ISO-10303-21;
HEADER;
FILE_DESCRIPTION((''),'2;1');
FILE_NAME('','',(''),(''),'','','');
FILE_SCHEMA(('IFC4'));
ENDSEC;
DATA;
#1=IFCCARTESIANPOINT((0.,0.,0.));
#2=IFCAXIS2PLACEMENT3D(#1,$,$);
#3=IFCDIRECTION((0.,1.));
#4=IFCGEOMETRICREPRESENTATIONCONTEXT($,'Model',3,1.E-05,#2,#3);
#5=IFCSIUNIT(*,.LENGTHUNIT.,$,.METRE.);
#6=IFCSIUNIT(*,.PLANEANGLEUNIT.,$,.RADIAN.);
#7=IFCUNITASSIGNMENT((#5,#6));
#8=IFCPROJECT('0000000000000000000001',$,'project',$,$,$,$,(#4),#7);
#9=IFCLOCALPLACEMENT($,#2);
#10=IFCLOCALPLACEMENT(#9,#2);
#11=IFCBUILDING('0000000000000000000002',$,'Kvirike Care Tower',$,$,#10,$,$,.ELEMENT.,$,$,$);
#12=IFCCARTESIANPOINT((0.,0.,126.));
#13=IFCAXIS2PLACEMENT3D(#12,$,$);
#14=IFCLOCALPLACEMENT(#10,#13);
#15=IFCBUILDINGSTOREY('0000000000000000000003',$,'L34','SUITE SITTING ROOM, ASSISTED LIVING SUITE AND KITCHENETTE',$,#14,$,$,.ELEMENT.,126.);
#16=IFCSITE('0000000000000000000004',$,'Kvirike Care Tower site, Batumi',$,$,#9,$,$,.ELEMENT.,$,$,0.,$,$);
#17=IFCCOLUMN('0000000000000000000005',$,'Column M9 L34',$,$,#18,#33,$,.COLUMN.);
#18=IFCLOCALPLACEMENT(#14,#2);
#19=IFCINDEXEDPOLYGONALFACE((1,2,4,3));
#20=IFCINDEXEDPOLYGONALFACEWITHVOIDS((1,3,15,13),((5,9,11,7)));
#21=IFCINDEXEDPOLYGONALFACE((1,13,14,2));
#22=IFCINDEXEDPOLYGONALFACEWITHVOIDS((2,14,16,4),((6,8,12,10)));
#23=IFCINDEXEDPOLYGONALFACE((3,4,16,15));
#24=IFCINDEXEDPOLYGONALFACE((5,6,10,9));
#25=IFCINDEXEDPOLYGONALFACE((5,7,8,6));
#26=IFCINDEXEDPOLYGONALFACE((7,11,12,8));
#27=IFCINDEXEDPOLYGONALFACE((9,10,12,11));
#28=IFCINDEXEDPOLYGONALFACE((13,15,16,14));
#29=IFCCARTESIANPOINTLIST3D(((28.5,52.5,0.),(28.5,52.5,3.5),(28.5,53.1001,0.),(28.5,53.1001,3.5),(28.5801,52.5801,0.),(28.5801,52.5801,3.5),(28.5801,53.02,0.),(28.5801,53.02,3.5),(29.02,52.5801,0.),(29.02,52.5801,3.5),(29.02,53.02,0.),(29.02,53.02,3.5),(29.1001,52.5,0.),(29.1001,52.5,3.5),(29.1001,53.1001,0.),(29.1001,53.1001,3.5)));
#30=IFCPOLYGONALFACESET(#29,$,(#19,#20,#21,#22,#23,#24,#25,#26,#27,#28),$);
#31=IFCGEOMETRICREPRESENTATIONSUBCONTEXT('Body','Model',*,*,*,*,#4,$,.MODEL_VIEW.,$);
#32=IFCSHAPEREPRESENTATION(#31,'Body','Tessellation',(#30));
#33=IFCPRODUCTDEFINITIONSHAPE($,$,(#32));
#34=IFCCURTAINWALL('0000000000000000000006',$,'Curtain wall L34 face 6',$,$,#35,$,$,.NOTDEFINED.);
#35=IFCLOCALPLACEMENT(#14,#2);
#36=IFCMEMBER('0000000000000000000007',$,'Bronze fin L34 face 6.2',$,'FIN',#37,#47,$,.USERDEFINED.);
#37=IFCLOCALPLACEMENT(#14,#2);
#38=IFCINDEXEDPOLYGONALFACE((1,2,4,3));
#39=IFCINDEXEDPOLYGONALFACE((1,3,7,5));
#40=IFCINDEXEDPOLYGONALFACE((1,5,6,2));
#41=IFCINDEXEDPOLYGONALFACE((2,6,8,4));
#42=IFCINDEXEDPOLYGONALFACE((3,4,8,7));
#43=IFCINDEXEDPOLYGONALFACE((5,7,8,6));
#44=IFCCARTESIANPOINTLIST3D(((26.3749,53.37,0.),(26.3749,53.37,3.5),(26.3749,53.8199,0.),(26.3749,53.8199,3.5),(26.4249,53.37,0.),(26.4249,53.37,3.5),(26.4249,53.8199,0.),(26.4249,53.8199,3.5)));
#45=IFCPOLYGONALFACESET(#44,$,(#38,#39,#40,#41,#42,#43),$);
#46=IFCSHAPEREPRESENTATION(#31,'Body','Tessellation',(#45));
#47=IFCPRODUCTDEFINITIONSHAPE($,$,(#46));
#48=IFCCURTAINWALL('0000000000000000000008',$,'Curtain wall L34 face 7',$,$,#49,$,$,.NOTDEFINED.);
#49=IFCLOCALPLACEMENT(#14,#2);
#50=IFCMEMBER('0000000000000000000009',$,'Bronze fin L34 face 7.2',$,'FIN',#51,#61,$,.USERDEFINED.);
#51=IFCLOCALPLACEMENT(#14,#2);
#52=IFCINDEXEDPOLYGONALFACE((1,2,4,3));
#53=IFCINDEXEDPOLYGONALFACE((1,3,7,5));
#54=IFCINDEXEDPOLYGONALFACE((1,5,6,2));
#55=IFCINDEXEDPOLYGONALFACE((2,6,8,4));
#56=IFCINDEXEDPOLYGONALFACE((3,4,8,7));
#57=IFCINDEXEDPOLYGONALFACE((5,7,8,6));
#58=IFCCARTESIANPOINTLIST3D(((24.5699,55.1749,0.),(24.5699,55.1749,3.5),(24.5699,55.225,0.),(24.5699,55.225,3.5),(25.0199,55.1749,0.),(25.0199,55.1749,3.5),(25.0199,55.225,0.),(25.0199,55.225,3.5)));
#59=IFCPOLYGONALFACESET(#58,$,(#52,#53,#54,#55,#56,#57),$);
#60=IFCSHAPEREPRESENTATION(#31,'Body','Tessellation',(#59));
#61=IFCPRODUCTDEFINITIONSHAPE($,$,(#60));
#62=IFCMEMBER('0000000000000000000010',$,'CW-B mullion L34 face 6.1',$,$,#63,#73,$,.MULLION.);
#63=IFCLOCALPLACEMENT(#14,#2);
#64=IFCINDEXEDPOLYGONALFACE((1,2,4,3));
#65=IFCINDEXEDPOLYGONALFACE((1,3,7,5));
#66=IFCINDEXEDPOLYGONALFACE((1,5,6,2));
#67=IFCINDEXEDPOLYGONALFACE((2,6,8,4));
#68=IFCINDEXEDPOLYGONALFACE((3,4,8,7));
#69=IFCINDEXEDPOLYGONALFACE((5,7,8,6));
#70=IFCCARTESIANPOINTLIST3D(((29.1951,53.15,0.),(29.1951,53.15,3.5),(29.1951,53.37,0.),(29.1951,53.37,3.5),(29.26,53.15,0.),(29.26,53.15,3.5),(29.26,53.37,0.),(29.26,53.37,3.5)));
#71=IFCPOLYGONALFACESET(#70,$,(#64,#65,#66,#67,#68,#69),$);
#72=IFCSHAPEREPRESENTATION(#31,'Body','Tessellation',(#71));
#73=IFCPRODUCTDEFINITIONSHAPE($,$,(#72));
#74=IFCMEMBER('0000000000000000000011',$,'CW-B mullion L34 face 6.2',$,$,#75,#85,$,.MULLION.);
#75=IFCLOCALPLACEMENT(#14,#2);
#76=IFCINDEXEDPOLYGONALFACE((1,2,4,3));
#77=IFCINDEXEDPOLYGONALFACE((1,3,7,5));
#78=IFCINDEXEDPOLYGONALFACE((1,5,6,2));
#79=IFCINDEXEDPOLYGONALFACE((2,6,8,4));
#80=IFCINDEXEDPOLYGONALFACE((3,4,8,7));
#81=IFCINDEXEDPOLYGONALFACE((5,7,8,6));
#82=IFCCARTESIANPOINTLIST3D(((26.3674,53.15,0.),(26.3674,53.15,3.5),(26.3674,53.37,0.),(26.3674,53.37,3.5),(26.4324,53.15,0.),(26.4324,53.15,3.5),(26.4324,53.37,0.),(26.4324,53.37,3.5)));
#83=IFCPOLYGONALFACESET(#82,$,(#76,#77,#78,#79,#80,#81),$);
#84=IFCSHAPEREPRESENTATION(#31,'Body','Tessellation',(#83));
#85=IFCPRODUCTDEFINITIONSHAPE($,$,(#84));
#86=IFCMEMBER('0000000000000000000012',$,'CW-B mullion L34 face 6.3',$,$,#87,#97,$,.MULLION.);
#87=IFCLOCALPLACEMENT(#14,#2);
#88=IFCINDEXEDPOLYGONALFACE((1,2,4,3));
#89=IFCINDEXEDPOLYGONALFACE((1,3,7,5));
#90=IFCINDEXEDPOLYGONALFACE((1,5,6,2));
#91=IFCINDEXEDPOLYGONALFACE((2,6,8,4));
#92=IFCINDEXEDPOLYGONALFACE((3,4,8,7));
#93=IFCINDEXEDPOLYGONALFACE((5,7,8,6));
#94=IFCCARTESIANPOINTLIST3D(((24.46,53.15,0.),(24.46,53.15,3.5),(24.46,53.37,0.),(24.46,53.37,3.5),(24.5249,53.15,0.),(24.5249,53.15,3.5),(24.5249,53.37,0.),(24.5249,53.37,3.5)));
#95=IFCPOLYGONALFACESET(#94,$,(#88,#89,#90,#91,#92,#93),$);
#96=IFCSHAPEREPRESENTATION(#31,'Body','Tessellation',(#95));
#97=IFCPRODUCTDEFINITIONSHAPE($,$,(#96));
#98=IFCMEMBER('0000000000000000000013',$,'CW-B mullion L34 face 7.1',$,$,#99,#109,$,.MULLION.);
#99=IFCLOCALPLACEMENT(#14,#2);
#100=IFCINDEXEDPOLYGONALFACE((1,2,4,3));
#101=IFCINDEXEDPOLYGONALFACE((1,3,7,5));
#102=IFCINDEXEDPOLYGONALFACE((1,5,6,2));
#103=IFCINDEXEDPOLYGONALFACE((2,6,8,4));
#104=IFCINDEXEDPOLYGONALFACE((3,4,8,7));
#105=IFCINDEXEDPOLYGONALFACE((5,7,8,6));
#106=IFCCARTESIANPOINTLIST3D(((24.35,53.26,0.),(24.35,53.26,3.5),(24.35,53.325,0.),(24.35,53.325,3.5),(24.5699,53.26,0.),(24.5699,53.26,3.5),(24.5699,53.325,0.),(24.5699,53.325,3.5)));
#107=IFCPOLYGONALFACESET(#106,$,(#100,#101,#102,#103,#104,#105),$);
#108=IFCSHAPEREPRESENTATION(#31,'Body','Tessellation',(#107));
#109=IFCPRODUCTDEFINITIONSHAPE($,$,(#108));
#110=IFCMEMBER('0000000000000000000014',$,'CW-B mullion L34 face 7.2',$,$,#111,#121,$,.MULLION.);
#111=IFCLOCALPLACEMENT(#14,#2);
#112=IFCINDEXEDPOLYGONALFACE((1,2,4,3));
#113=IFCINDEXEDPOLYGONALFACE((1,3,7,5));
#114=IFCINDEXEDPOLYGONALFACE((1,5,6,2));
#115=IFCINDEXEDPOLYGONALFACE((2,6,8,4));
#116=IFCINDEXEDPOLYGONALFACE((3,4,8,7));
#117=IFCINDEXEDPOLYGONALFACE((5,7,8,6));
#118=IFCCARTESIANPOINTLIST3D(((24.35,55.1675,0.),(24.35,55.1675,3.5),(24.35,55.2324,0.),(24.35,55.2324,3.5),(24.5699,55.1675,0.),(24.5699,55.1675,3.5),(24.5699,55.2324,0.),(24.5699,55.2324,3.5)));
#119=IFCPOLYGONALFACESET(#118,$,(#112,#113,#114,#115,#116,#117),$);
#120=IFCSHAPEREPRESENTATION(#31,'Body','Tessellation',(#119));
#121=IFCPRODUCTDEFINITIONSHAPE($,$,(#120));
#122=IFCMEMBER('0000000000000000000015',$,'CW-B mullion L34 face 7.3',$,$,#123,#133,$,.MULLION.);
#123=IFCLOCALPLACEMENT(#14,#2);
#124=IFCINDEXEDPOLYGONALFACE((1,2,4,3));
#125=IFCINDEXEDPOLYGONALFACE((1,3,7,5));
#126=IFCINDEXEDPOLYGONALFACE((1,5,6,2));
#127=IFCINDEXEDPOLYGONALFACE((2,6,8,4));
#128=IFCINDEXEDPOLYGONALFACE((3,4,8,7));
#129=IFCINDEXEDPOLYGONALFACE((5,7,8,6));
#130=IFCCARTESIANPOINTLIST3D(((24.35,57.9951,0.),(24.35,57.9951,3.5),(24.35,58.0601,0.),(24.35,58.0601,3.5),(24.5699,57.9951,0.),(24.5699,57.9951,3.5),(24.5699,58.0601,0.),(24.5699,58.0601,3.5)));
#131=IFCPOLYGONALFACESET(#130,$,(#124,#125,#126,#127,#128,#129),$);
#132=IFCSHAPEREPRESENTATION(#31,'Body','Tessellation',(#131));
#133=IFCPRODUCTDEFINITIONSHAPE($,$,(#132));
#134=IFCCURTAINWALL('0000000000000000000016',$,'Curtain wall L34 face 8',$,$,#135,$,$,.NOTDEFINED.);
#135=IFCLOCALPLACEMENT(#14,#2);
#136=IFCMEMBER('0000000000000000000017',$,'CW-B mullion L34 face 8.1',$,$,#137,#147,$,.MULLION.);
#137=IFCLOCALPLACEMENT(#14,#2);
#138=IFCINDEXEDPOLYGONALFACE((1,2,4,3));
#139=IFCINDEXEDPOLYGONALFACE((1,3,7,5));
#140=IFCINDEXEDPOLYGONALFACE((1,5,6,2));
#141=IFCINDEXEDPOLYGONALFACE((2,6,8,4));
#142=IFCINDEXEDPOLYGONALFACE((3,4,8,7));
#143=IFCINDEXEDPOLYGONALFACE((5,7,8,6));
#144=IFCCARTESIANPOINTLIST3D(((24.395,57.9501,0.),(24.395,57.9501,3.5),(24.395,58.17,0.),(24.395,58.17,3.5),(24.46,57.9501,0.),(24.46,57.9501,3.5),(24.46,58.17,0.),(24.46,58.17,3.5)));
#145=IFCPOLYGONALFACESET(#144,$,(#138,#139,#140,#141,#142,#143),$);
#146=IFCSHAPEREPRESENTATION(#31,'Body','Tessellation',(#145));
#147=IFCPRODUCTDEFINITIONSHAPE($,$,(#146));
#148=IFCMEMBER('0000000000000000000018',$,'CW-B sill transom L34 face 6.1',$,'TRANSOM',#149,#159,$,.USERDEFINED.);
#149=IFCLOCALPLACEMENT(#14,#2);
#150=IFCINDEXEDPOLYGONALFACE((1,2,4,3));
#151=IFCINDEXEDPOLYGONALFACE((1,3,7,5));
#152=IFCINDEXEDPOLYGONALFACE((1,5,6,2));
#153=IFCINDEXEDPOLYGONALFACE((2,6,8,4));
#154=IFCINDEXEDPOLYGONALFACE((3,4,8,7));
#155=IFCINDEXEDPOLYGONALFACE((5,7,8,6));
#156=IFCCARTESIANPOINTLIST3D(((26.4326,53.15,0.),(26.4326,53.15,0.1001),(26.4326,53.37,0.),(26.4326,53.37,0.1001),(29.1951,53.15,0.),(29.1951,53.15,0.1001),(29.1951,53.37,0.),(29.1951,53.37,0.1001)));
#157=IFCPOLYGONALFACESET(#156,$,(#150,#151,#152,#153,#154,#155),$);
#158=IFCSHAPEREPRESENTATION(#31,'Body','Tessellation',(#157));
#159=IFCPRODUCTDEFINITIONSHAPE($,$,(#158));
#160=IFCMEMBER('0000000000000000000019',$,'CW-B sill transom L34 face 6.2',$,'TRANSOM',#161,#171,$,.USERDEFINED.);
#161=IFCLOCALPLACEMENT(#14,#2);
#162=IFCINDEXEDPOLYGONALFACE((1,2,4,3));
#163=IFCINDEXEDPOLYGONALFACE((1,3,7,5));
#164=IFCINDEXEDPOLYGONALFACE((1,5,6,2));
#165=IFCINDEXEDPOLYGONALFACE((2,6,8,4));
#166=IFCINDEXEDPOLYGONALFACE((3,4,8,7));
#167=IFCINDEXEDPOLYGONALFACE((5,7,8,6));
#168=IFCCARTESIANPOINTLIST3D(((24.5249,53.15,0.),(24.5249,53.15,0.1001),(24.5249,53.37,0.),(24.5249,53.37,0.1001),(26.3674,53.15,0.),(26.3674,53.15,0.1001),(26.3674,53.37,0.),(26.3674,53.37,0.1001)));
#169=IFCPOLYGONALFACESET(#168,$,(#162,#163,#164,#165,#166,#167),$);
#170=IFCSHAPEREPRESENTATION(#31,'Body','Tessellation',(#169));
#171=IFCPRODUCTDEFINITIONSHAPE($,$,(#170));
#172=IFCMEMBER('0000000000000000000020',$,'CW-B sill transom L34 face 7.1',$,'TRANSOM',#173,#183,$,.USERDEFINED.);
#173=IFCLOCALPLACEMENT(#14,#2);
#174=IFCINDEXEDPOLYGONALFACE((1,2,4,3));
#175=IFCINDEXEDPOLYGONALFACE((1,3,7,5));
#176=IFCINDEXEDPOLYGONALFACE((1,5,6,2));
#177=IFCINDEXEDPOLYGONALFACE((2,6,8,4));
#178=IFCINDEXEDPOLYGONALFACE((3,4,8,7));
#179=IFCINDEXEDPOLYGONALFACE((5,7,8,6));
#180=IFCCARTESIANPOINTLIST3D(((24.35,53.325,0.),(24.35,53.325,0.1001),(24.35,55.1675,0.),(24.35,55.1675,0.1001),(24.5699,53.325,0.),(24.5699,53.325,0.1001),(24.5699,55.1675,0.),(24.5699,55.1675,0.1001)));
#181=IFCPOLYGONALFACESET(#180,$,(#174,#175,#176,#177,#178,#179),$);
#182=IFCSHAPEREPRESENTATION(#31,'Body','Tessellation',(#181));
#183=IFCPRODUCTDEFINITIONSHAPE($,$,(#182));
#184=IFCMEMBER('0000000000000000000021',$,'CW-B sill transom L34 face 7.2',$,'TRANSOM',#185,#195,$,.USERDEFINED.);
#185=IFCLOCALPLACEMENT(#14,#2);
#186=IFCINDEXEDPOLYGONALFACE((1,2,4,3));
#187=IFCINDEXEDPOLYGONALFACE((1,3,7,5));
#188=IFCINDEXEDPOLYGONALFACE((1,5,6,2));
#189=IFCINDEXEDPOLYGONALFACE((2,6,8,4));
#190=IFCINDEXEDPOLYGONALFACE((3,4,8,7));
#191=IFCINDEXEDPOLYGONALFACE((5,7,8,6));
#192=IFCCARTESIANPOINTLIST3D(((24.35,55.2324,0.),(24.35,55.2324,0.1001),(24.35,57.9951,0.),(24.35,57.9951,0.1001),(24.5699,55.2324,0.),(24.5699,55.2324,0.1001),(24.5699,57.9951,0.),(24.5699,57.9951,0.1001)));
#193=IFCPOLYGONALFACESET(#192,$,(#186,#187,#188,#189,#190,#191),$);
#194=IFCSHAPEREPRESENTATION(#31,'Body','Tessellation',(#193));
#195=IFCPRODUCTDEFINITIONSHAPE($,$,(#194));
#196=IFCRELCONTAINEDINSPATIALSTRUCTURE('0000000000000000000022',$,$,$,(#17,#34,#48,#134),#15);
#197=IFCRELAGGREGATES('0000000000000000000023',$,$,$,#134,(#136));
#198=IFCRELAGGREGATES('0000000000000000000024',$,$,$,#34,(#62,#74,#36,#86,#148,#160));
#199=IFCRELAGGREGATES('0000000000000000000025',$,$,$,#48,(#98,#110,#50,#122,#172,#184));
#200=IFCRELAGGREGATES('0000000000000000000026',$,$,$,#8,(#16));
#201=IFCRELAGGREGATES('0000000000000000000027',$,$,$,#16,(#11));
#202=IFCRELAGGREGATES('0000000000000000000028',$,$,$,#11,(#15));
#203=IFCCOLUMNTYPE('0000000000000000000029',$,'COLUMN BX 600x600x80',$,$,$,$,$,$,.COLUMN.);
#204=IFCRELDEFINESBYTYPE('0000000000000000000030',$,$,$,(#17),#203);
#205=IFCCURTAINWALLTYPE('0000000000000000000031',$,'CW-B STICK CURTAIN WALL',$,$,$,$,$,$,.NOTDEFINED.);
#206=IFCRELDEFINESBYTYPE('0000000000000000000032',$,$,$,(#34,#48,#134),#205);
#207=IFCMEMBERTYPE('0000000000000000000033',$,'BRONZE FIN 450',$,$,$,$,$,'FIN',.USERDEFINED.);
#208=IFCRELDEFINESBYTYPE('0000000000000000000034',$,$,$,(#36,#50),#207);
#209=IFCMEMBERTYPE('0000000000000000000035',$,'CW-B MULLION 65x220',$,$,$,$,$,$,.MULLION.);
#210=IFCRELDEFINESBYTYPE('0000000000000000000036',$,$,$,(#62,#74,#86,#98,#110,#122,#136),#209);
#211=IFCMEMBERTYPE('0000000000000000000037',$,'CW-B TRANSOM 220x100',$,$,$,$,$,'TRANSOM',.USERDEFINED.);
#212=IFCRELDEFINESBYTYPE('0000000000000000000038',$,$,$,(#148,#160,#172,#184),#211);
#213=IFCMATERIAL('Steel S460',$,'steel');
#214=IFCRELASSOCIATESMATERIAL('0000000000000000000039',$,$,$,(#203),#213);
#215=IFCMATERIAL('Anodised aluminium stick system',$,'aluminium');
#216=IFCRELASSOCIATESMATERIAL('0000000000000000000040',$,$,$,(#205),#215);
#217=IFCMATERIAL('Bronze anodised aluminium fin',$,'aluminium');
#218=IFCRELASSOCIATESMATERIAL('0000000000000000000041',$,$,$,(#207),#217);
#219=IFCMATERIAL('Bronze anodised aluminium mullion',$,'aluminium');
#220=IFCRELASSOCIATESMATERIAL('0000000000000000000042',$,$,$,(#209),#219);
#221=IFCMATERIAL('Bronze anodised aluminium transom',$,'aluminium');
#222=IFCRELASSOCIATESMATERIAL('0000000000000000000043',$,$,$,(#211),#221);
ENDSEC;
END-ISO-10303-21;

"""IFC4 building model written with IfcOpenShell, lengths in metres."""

from ifc_helpers import new_model, si_unit, direction, frame, origin, origin_2d, place, context, subcontext, project, spatial, rectangle, hollow_rectangle, extrude, material, material_profile, profile_set, type_object, element, aggregate, save


model = new_model("IFC4")

# Units and contexts
model_context = context("Model", 3, precision=1e-05, world=origin(), true_north=direction((0.0, 1.0)))
body_context = subcontext(model_context, "Body", "Model", "MODEL_VIEW")
ifc_project = project(units=[si_unit("LENGTHUNIT", "METRE"), si_unit("PLANEANGLEUNIT", "RADIAN")], contexts=[model_context])

# Site, building, storey
site_placement = place(None, origin())
site = spatial("IfcSite", under=ifc_project, at=site_placement, Name="Kvirike Care Tower site, Batumi", CompositionType="ELEMENT", RefElevation=0.0)
building_placement = place(site_placement, origin())
building = spatial("IfcBuilding", under=site, at=building_placement, Name="Kvirike Care Tower", CompositionType="ELEMENT")
storey_placement = place(building_placement, frame((0.0, 0.0, 126.0)))
storey = spatial("IfcBuildingStorey", under=building, at=storey_placement, Name="L34", Description="SUITE SITTING ROOM, ASSISTED LIVING SUITE AND KITCHENETTE", CompositionType="ELEMENT", Elevation=126.0)

# Column
ifc_material_1 = material(Name="Steel S460", Category="steel")
ifc_material_profile_1 = material_profile(ifc_material_1, hollow_rectangle(XDim=0.6001, YDim=0.6001, WallThickness=0.0801, at=origin_2d()), Name="BX 600x600x80")
ifc_profile_set_1 = profile_set([ifc_material_profile_1], Name="Steel S460")
column_type = type_object("IfcColumnType", Name="COLUMN BX 600x600x80", PredefinedType="COLUMN", material=ifc_profile_set_1)
column_placement = place(storey_placement, frame((28.8, 52.8, 0.0), z_axis=(0.0, 0.0, 1.0), x_axis=(0.0, 1.0, 0.0)))
element("IfcColumn", 1, at=column_placement, inside=storey, type_object=column_type, Name="Column M9 L34", PredefinedType="COLUMN", context=body_context, shape_type="SweptSolid", body=[
    extrude(hollow_rectangle(XDim=0.6001, YDim=0.6001, WallThickness=0.0801, at=origin_2d()), origin(), (0.0, 0.0, 1.0), 3.5),
])

# Curtain walls, members
ifc_material_2 = material(Name="Anodised aluminium stick system", Category="aluminium")
curtain_wall_type = type_object("IfcCurtainWallType", Name="CW-B STICK CURTAIN WALL", PredefinedType="NOTDEFINED", material=ifc_material_2)
curtain_wall_1_placement = place(storey_placement, origin())
curtain_wall_1 = element("IfcCurtainWall", 2, at=curtain_wall_1_placement, inside=storey, type_object=curtain_wall_type, Name="Curtain wall L34 face 6", PredefinedType="NOTDEFINED")
ifc_material_3 = material(Name="Bronze anodised aluminium fin", Category="aluminium")
ifc_material_profile_2 = material_profile(ifc_material_3, rectangle(XDim=0.05, YDim=0.45, at=origin_2d()), Name="BRONZE FIN 450")
ifc_profile_set_2 = profile_set([ifc_material_profile_2], Name="Bronze anodised aluminium fin")
member_type_1 = type_object("IfcMemberType", Name="BRONZE FIN 450", ElementType="FIN", PredefinedType="USERDEFINED", material=ifc_profile_set_2)
member_1_placement = place(storey_placement, frame((26.3999, 53.595, 0.0), z_axis=(0.0, 0.0, 1.0), x_axis=(-1.0, 0.0, 0.0)))
member_1 = element("IfcMember", 3, at=member_1_placement, type_object=member_type_1, Name="Bronze fin L34 face 6.2", ObjectType="FIN", PredefinedType="USERDEFINED", context=body_context, shape_type="SweptSolid", body=[
    extrude(rectangle(XDim=0.05, YDim=0.45, at=origin_2d()), origin(), (0.0, 0.0, 1.0), 3.5),
])
curtain_wall_2_placement = place(storey_placement, origin())
curtain_wall_2 = element("IfcCurtainWall", 4, at=curtain_wall_2_placement, inside=storey, type_object=curtain_wall_type, Name="Curtain wall L34 face 7", PredefinedType="NOTDEFINED")
member_2_placement = place(storey_placement, frame((24.7949, 55.2, 0.0), z_axis=(0.0, 0.0, 1.0), x_axis=(0.0, 1.0, 0.0)))
member_2 = element("IfcMember", 5, at=member_2_placement, type_object=member_type_1, Name="Bronze fin L34 face 7.2", ObjectType="FIN", PredefinedType="USERDEFINED", context=body_context, shape_type="SweptSolid", body=[
    extrude(rectangle(XDim=0.05, YDim=0.45, at=origin_2d()), origin(), (0.0, 0.0, 1.0), 3.5),
])

# Members
ifc_material_4 = material(Name="Bronze anodised aluminium mullion", Category="aluminium")
ifc_material_profile_3 = material_profile(ifc_material_4, rectangle(XDim=0.0649, YDim=0.22, at=origin_2d()), Name="CW-B MULLION 65x220")
ifc_profile_set_3 = profile_set([ifc_material_profile_3], Name="Bronze anodised aluminium mullion")
member_type_2 = type_object("IfcMemberType", Name="CW-B MULLION 65x220", PredefinedType="MULLION", material=ifc_profile_set_3)
member_3_placement = place(storey_placement, frame((29.2275, 53.26, 0.0), z_axis=(0.0, 0.0, 1.0), x_axis=(-1.0, 0.0, 0.0)))
member_3 = element("IfcMember", 6, at=member_3_placement, type_object=member_type_2, Name="CW-B mullion L34 face 6.1", PredefinedType="MULLION", context=body_context, shape_type="SweptSolid", body=[
    extrude(rectangle(XDim=0.0649, YDim=0.22, at=origin_2d()), origin(), (0.0, 0.0, 1.0), 3.5),
])
member_4_placement = place(storey_placement, frame((26.3999, 53.26, 0.0), z_axis=(0.0, 0.0, 1.0), x_axis=(-1.0, 0.0, 0.0)))
member_4 = element("IfcMember", 7, at=member_4_placement, type_object=member_type_2, Name="CW-B mullion L34 face 6.2", PredefinedType="MULLION", context=body_context, shape_type="SweptSolid", body=[
    extrude(rectangle(XDim=0.0649, YDim=0.22, at=origin_2d()), origin(), (0.0, 0.0, 1.0), 3.5),
])
member_5_placement = place(storey_placement, frame((24.4924, 53.26, 0.0), z_axis=(0.0, 0.0, 1.0), x_axis=(-1.0, 0.0, 0.0)))
member_5 = element("IfcMember", 8, at=member_5_placement, type_object=member_type_2, Name="CW-B mullion L34 face 6.3", PredefinedType="MULLION", context=body_context, shape_type="SweptSolid", body=[
    extrude(rectangle(XDim=0.0649, YDim=0.22, at=origin_2d()), origin(), (0.0, 0.0, 1.0), 3.5),
])
member_6_placement = place(storey_placement, frame((24.46, 53.2925, 0.0), z_axis=(0.0, 0.0, 1.0), x_axis=(0.0, 1.0, 0.0)))
member_6 = element("IfcMember", 9, at=member_6_placement, type_object=member_type_2, Name="CW-B mullion L34 face 7.1", PredefinedType="MULLION", context=body_context, shape_type="SweptSolid", body=[
    extrude(rectangle(XDim=0.0649, YDim=0.22, at=origin_2d()), origin(), (0.0, 0.0, 1.0), 3.5),
])
member_7_placement = place(storey_placement, frame((24.46, 55.2, 0.0), z_axis=(0.0, 0.0, 1.0), x_axis=(0.0, 1.0, 0.0)))
member_7 = element("IfcMember", 10, at=member_7_placement, type_object=member_type_2, Name="CW-B mullion L34 face 7.2", PredefinedType="MULLION", context=body_context, shape_type="SweptSolid", body=[
    extrude(rectangle(XDim=0.0649, YDim=0.22, at=origin_2d()), origin(), (0.0, 0.0, 1.0), 3.5),
])
member_8_placement = place(storey_placement, frame((24.46, 58.0276, 0.0), z_axis=(0.0, 0.0, 1.0), x_axis=(0.0, 1.0, 0.0)))
member_8 = element("IfcMember", 11, at=member_8_placement, type_object=member_type_2, Name="CW-B mullion L34 face 7.3", PredefinedType="MULLION", context=body_context, shape_type="SweptSolid", body=[
    extrude(rectangle(XDim=0.0649, YDim=0.22, at=origin_2d()), origin(), (0.0, 0.0, 1.0), 3.5),
])

# Curtain wall, member
curtain_wall_3_placement = place(storey_placement, origin())
curtain_wall_3 = element("IfcCurtainWall", 12, at=curtain_wall_3_placement, inside=storey, type_object=curtain_wall_type, Name="Curtain wall L34 face 8", PredefinedType="NOTDEFINED")
member_9_placement = place(storey_placement, frame((24.4275, 58.0601, 0.0), z_axis=(0.0, 0.0, 1.0), x_axis=(-1.0, 0.0, 0.0)))
member_9 = element("IfcMember", 13, at=member_9_placement, type_object=member_type_2, Name="CW-B mullion L34 face 8.1", PredefinedType="MULLION", context=body_context, shape_type="SweptSolid", body=[
    extrude(rectangle(XDim=0.0649, YDim=0.22, at=origin_2d()), origin(), (0.0, 0.0, 1.0), 3.5),
])

# Members
ifc_material_5 = material(Name="Bronze anodised aluminium transom", Category="aluminium")
ifc_material_profile_4 = material_profile(ifc_material_5, rectangle(XDim=0.22, YDim=0.1001, at=origin_2d()), Name="CW-B TRANSOM 220x100")
ifc_profile_set_4 = profile_set([ifc_material_profile_4], Name="Bronze anodised aluminium transom")
member_type_3 = type_object("IfcMemberType", Name="CW-B TRANSOM 220x100", ElementType="TRANSOM", PredefinedType="USERDEFINED", material=ifc_profile_set_4)
member_10_placement = place(storey_placement, frame((29.1951, 53.26, 0.05), z_axis=(-1.0, 0.0, 0.0), x_axis=(0.0, -1.0, 0.0)))
member_10 = element("IfcMember", 14, at=member_10_placement, type_object=member_type_3, Name="CW-B sill transom L34 face 6.1", ObjectType="TRANSOM", PredefinedType="USERDEFINED", context=body_context, shape_type="SweptSolid", body=[
    extrude(rectangle(XDim=0.22, YDim=0.1001, at=origin_2d()), origin(), (0.0, 0.0, 1.0), 2.7625),
])
member_11_placement = place(storey_placement, frame((26.3674, 53.26, 0.05), z_axis=(-1.0, 0.0, 0.0), x_axis=(0.0, -1.0, 0.0)))
member_11 = element("IfcMember", 15, at=member_11_placement, type_object=member_type_3, Name="CW-B sill transom L34 face 6.2", ObjectType="TRANSOM", PredefinedType="USERDEFINED", context=body_context, shape_type="SweptSolid", body=[
    extrude(rectangle(XDim=0.22, YDim=0.1001, at=origin_2d()), origin(), (0.0, 0.0, 1.0), 1.8425),
])
member_12_placement = place(storey_placement, frame((24.46, 53.325, 0.05), z_axis=(0.0, 1.0, 0.0), x_axis=(-1.0, 0.0, 0.0)))
member_12 = element("IfcMember", 16, at=member_12_placement, type_object=member_type_3, Name="CW-B sill transom L34 face 7.1", ObjectType="TRANSOM", PredefinedType="USERDEFINED", context=body_context, shape_type="SweptSolid", body=[
    extrude(rectangle(XDim=0.22, YDim=0.1001, at=origin_2d()), origin(), (0.0, 0.0, 1.0), 1.8425),
])
member_13_placement = place(storey_placement, frame((24.46, 55.2324, 0.05), z_axis=(0.0, 1.0, 0.0), x_axis=(-1.0, 0.0, 0.0)))
member_13 = element("IfcMember", 17, at=member_13_placement, type_object=member_type_3, Name="CW-B sill transom L34 face 7.2", ObjectType="TRANSOM", PredefinedType="USERDEFINED", context=body_context, shape_type="SweptSolid", body=[
    extrude(rectangle(XDim=0.22, YDim=0.1001, at=origin_2d()), origin(), (0.0, 0.0, 1.0), 2.7627),
])
aggregate(curtain_wall_3, [member_9])

aggregate(curtain_wall_1, [member_3, member_4, member_1, member_5, member_10, member_11])
aggregate(curtain_wall_2, [member_6, member_7, member_2, member_8, member_12, member_13])

save(model, "model.ifc")
